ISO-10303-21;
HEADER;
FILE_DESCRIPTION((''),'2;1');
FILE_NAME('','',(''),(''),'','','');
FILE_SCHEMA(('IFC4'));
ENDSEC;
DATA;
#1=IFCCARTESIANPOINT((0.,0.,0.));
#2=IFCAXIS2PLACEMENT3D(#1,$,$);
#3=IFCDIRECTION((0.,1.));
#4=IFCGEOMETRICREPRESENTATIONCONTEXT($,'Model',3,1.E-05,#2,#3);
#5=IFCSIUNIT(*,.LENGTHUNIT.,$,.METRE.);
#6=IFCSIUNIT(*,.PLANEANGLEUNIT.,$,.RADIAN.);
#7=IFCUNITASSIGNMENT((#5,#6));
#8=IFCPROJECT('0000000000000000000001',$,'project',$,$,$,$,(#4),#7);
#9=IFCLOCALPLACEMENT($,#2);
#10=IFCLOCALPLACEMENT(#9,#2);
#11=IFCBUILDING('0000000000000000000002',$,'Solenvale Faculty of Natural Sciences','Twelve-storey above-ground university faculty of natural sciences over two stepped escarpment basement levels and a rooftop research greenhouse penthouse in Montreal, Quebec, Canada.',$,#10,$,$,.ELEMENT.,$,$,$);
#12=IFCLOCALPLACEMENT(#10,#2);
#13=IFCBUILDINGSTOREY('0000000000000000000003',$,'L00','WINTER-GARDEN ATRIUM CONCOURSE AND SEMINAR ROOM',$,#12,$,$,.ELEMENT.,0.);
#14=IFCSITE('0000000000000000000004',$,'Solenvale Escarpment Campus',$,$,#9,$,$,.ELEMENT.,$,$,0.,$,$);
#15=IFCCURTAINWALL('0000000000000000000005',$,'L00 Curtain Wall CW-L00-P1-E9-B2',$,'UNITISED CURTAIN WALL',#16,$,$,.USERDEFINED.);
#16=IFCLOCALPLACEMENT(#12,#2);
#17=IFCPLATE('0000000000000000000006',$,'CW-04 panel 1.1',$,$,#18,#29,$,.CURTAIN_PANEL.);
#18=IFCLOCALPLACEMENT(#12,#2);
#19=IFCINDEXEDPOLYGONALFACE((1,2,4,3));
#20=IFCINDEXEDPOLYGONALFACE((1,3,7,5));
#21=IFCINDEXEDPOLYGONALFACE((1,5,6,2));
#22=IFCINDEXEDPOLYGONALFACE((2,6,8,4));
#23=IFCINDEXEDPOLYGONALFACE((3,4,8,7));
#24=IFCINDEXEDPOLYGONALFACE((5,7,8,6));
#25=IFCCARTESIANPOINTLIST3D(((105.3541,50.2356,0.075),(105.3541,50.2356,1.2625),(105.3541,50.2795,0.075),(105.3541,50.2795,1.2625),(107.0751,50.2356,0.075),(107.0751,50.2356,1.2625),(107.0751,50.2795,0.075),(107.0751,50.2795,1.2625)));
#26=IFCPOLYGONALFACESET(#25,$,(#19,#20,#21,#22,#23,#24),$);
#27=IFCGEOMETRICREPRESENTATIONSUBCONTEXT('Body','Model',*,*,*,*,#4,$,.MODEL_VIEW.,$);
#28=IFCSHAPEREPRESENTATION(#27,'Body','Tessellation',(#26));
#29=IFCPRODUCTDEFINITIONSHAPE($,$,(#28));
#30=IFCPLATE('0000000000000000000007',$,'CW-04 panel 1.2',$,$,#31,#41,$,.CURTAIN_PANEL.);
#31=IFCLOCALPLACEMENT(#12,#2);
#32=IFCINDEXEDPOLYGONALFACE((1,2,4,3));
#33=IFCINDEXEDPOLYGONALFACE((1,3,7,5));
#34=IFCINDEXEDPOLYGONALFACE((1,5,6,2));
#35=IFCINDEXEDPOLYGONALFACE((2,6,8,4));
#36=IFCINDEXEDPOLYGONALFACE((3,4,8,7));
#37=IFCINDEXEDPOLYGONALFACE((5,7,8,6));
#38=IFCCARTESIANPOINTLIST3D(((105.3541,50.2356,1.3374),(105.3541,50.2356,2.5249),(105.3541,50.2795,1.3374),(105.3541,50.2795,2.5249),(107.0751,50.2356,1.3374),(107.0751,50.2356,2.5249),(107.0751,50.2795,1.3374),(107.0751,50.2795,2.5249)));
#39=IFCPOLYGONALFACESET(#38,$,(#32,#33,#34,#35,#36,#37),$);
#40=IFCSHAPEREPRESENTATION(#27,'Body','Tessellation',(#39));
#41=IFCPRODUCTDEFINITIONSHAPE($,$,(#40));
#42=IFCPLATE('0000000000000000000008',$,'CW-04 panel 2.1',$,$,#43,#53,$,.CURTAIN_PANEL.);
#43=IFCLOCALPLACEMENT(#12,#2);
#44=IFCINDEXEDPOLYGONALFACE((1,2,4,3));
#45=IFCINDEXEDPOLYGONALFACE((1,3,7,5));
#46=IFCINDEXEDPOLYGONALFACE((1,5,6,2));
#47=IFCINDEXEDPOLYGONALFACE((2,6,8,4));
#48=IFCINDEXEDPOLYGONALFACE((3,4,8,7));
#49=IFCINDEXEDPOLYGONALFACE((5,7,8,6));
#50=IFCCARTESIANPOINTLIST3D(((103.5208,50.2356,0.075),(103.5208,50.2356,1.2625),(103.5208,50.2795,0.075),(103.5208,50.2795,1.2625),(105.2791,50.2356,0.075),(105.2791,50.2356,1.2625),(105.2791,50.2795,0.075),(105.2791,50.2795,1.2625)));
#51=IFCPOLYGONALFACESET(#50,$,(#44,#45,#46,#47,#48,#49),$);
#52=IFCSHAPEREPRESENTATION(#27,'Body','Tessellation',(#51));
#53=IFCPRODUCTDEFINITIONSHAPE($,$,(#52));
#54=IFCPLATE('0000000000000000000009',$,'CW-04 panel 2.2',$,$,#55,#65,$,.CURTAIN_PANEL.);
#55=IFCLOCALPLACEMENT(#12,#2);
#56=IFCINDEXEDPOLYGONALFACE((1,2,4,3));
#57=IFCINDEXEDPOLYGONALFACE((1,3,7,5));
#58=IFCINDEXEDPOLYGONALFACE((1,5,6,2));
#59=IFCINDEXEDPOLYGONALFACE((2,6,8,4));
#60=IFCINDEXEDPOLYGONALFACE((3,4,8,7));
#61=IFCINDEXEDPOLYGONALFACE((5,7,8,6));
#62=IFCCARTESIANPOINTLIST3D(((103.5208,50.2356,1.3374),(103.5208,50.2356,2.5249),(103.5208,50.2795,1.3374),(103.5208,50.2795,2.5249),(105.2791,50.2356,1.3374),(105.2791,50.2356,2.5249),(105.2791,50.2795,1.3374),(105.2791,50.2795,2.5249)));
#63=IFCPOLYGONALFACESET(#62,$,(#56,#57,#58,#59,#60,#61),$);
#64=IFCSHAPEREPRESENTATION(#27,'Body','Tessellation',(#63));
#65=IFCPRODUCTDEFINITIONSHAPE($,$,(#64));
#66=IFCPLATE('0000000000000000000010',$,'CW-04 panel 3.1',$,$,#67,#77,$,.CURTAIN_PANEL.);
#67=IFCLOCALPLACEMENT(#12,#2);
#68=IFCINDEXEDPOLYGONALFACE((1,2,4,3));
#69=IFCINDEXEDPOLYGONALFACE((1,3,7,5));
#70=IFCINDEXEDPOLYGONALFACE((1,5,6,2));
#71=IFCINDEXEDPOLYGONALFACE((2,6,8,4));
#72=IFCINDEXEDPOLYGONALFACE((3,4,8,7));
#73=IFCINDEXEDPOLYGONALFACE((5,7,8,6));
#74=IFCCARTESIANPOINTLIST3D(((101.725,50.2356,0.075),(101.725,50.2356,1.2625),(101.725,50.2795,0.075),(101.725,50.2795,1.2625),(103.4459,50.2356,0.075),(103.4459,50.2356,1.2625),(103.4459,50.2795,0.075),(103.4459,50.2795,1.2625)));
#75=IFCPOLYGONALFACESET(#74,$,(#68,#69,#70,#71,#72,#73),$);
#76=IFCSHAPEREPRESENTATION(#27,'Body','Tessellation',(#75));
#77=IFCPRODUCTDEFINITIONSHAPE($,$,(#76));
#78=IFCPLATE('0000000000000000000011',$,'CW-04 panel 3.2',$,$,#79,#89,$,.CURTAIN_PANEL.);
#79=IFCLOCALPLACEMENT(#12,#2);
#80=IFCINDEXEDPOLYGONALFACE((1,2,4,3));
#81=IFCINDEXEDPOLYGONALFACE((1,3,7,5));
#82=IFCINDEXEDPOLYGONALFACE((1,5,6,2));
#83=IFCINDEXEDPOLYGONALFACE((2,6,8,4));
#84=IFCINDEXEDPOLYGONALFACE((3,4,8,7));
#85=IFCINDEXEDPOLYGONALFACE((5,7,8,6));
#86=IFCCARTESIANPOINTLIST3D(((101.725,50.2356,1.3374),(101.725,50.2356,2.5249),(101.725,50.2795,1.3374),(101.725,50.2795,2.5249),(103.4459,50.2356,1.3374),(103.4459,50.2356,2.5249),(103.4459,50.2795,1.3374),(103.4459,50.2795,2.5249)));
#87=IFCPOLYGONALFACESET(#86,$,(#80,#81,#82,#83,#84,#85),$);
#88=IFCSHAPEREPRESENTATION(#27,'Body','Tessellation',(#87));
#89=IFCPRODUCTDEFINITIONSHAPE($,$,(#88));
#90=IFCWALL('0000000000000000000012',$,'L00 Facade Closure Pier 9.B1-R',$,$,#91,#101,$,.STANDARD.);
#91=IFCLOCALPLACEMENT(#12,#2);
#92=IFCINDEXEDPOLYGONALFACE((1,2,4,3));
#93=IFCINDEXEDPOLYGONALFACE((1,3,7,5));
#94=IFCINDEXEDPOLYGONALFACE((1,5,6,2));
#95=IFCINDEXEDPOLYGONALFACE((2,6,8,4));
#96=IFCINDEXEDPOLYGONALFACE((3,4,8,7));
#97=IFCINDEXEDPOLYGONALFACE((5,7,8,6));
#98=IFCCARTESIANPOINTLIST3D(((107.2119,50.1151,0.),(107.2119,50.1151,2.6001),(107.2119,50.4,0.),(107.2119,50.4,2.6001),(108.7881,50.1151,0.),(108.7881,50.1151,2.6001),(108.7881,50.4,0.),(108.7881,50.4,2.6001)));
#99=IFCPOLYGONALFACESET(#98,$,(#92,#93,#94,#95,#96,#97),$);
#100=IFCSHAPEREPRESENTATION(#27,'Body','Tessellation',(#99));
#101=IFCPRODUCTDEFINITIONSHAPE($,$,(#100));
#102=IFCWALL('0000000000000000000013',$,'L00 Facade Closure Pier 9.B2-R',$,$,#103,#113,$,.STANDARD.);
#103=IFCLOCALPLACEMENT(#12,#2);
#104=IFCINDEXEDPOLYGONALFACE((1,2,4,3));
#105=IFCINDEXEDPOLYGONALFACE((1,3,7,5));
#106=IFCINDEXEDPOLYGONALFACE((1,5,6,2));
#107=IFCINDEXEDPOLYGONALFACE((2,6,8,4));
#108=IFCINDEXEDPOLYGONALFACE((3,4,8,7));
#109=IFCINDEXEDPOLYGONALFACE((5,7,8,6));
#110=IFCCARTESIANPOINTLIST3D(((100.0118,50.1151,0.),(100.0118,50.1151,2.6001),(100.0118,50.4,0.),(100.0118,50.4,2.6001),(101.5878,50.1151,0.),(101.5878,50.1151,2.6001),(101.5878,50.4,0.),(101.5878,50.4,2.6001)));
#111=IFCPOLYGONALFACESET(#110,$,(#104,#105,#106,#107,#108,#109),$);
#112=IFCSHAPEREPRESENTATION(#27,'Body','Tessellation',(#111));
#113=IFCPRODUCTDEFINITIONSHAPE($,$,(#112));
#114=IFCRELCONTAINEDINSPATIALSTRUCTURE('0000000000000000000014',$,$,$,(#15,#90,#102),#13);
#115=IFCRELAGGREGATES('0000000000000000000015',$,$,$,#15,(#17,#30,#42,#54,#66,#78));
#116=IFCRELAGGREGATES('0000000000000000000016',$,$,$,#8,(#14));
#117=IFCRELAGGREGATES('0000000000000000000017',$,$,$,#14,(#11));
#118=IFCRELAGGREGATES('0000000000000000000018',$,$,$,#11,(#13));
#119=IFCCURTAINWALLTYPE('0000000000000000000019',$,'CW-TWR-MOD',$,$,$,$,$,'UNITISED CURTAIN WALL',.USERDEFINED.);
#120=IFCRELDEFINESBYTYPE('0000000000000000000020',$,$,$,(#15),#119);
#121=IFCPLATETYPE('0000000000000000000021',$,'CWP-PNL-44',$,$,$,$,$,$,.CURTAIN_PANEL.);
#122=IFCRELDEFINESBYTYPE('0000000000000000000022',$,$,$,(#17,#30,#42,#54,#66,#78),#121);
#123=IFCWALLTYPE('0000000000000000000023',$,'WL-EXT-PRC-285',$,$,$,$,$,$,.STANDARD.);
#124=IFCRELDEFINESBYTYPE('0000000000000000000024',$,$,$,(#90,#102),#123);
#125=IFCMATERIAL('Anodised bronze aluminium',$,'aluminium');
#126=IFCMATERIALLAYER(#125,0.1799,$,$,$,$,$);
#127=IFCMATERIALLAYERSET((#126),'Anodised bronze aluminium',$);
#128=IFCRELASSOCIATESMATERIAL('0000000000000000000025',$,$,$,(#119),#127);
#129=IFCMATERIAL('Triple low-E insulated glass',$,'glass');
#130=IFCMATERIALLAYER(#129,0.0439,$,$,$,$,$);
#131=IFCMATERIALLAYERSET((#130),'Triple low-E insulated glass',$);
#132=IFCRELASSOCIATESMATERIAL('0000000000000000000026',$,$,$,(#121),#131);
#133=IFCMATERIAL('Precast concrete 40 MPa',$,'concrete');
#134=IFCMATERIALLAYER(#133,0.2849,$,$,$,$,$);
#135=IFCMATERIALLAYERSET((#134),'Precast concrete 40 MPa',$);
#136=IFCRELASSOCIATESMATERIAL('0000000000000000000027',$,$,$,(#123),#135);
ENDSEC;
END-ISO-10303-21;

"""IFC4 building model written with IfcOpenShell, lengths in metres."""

from ifc_helpers import new_model, si_unit, direction, frame, frame_2d, origin, origin_2d, place, context, subcontext, project, spatial, rectangle, extrude, material, layer, layer_set, type_object, element, aggregate, save


model = new_model("IFC4")

# Units and contexts
model_context = context("Model", 3, precision=1e-05, world=origin(), true_north=direction((0.0, 1.0)))
body_context = subcontext(model_context, "Body", "Model", "MODEL_VIEW")
ifc_project = project(units=[si_unit("LENGTHUNIT", "METRE"), si_unit("PLANEANGLEUNIT", "RADIAN")], contexts=[model_context])

# Site, building, storey
site_placement = place(None, origin())
site = spatial("IfcSite", under=ifc_project, at=site_placement, Name="Solenvale Escarpment Campus", CompositionType="ELEMENT", RefElevation=0.0)
building_placement = place(site_placement, origin())
building = spatial("IfcBuilding", under=site, at=building_placement, Name="Solenvale Faculty of Natural Sciences", Description="Twelve-storey above-ground university faculty of natural sciences over two stepped escarpment basement levels and a rooftop research greenhouse penthouse in Montreal, Quebec, Canada.", CompositionType="ELEMENT")
storey_placement = place(building_placement, origin())
storey = spatial("IfcBuildingStorey", under=building, at=storey_placement, Name="L00", Description="WINTER-GARDEN ATRIUM CONCOURSE AND SEMINAR ROOM", CompositionType="ELEMENT", Elevation=0.0)

# Shared definitions
ifc_material_1 = material(Name="Anodised bronze aluminium", Category="aluminium")
ifc_layer_1 = layer(ifc_material_1, 0.1799)
ifc_layer_set_1 = layer_set([ifc_layer_1], Name="Anodised bronze aluminium")
curtain_wall_type = type_object("IfcCurtainWallType", Name="CW-TWR-MOD", ElementType="UNITISED CURTAIN WALL", PredefinedType="USERDEFINED", material=ifc_layer_set_1)

# Curtain wall
curtain_wall_1_placement = place(storey_placement, origin())
curtain_wall_1 = element("IfcCurtainWall", 1, at=curtain_wall_1_placement, inside=storey, type_object=curtain_wall_type, Name="L00 Curtain Wall CW-L00-P1-E9-B2", ObjectType="UNITISED CURTAIN WALL", PredefinedType="USERDEFINED")

# Plates
ifc_material_2 = material(Name="Triple low-E insulated glass", Category="glass")
ifc_layer_2 = layer(ifc_material_2, 0.0439)
ifc_layer_set_2 = layer_set([ifc_layer_2], Name="Triple low-E insulated glass")
plate_type_1 = type_object("IfcPlateType", Name="CWP-PNL-44", PredefinedType="CURTAIN_PANEL", material=ifc_layer_set_2)
plate_1_placement = place(storey_placement, frame((106.2146, 50.2576, 0.075), z_axis=(0.0, 0.0, 1.0), x_axis=(-1.0, 0.0, 0.0)))
plate_1 = element("IfcPlate", 2, at=plate_1_placement, type_object=plate_type_1, Name="CW-04 panel 1.1", PredefinedType="CURTAIN_PANEL", context=body_context, shape_type="SweptSolid", body=[
    extrude(rectangle(XDim=1.7209, YDim=0.0439, at=origin_2d()), origin(), (0.0, 0.0, 1.0), 1.1875),
])
plate_2_placement = place(storey_placement, frame((106.2146, 50.2576, 1.3374), z_axis=(0.0, 0.0, 1.0), x_axis=(-1.0, 0.0, 0.0)))
plate_2 = element("IfcPlate", 3, at=plate_2_placement, type_object=plate_type_1, Name="CW-04 panel 1.2", PredefinedType="CURTAIN_PANEL", context=body_context, shape_type="SweptSolid", body=[
    extrude(rectangle(XDim=1.7209, YDim=0.0439, at=origin_2d()), origin(), (0.0, 0.0, 1.0), 1.1875),
])
plate_3_placement = place(storey_placement, frame((104.3999, 50.2576, 0.075), z_axis=(0.0, 0.0, 1.0), x_axis=(-1.0, 0.0, 0.0)))
plate_3 = element("IfcPlate", 4, at=plate_3_placement, type_object=plate_type_1, Name="CW-04 panel 2.1", PredefinedType="CURTAIN_PANEL", context=body_context, shape_type="SweptSolid", body=[
    extrude(rectangle(XDim=1.7583, YDim=0.0439, at=origin_2d()), origin(), (0.0, 0.0, 1.0), 1.1875),
])
plate_4_placement = place(storey_placement, frame((104.3999, 50.2576, 1.3374), z_axis=(0.0, 0.0, 1.0), x_axis=(-1.0, 0.0, 0.0)))
plate_4 = element("IfcPlate", 5, at=plate_4_placement, type_object=plate_type_1, Name="CW-04 panel 2.2", PredefinedType="CURTAIN_PANEL", context=body_context, shape_type="SweptSolid", body=[
    extrude(rectangle(XDim=1.7583, YDim=0.0439, at=origin_2d()), origin(), (0.0, 0.0, 1.0), 1.1875),
])
plate_5_placement = place(storey_placement, frame((102.5854, 50.2576, 0.075), z_axis=(0.0, 0.0, 1.0), x_axis=(-1.0, 0.0, 0.0)))
plate_5 = element("IfcPlate", 6, at=plate_5_placement, type_object=plate_type_1, Name="CW-04 panel 3.1", PredefinedType="CURTAIN_PANEL", context=body_context, shape_type="SweptSolid", body=[
    extrude(rectangle(XDim=1.7209, YDim=0.0439, at=origin_2d()), origin(), (0.0, 0.0, 1.0), 1.1875),
])
plate_6_placement = place(storey_placement, frame((102.5854, 50.2576, 1.3374), z_axis=(0.0, 0.0, 1.0), x_axis=(-1.0, 0.0, 0.0)))
plate_6 = element("IfcPlate", 7, at=plate_6_placement, type_object=plate_type_1, Name="CW-04 panel 3.2", PredefinedType="CURTAIN_PANEL", context=body_context, shape_type="SweptSolid", body=[
    extrude(rectangle(XDim=1.7209, YDim=0.0439, at=origin_2d()), origin(), (0.0, 0.0, 1.0), 1.1875),
])
aggregate(curtain_wall_1, [plate_1, plate_2, plate_3, plate_4, plate_5, plate_6])

# Walls
ifc_material_3 = material(Name="Precast concrete 40 MPa", Category="concrete")
ifc_layer_3 = layer(ifc_material_3, 0.2849)
ifc_layer_set_3 = layer_set([ifc_layer_3], Name="Precast concrete 40 MPa")
wall_type = type_object("IfcWallType", Name="WL-EXT-PRC-285", PredefinedType="STANDARD", material=ifc_layer_set_3)
wall_1_placement = place(storey_placement, frame((108.7881, 50.2576, 0.0), z_axis=(0.0, 0.0, 1.0), x_axis=(-1.0, 0.0, 0.0)))
element("IfcWall", 8, at=wall_1_placement, inside=storey, type_object=wall_type, Name="L00 Facade Closure Pier 9.B1-R", PredefinedType="STANDARD", context=body_context, shape_type="SweptSolid", body=[
    extrude(rectangle(XDim=1.5762, YDim=0.2849, at=frame_2d((0.7881, 0.0))), origin(), (0.0, 0.0, 1.0), 2.6001),
])
wall_2_placement = place(storey_placement, frame((101.5879, 50.2576, 0.0), z_axis=(0.0, 0.0, 1.0), x_axis=(-1.0, 0.0, 0.0)))
element("IfcWall", 9, at=wall_2_placement, inside=storey, type_object=wall_type, Name="L00 Facade Closure Pier 9.B2-R", PredefinedType="STANDARD", context=body_context, shape_type="SweptSolid", body=[
    extrude(rectangle(XDim=1.5759, YDim=0.2849, at=frame_2d((0.7881, 0.0))), origin(), (0.0, 0.0, 1.0), 2.6001),
])

save(model, "model.ifc")
